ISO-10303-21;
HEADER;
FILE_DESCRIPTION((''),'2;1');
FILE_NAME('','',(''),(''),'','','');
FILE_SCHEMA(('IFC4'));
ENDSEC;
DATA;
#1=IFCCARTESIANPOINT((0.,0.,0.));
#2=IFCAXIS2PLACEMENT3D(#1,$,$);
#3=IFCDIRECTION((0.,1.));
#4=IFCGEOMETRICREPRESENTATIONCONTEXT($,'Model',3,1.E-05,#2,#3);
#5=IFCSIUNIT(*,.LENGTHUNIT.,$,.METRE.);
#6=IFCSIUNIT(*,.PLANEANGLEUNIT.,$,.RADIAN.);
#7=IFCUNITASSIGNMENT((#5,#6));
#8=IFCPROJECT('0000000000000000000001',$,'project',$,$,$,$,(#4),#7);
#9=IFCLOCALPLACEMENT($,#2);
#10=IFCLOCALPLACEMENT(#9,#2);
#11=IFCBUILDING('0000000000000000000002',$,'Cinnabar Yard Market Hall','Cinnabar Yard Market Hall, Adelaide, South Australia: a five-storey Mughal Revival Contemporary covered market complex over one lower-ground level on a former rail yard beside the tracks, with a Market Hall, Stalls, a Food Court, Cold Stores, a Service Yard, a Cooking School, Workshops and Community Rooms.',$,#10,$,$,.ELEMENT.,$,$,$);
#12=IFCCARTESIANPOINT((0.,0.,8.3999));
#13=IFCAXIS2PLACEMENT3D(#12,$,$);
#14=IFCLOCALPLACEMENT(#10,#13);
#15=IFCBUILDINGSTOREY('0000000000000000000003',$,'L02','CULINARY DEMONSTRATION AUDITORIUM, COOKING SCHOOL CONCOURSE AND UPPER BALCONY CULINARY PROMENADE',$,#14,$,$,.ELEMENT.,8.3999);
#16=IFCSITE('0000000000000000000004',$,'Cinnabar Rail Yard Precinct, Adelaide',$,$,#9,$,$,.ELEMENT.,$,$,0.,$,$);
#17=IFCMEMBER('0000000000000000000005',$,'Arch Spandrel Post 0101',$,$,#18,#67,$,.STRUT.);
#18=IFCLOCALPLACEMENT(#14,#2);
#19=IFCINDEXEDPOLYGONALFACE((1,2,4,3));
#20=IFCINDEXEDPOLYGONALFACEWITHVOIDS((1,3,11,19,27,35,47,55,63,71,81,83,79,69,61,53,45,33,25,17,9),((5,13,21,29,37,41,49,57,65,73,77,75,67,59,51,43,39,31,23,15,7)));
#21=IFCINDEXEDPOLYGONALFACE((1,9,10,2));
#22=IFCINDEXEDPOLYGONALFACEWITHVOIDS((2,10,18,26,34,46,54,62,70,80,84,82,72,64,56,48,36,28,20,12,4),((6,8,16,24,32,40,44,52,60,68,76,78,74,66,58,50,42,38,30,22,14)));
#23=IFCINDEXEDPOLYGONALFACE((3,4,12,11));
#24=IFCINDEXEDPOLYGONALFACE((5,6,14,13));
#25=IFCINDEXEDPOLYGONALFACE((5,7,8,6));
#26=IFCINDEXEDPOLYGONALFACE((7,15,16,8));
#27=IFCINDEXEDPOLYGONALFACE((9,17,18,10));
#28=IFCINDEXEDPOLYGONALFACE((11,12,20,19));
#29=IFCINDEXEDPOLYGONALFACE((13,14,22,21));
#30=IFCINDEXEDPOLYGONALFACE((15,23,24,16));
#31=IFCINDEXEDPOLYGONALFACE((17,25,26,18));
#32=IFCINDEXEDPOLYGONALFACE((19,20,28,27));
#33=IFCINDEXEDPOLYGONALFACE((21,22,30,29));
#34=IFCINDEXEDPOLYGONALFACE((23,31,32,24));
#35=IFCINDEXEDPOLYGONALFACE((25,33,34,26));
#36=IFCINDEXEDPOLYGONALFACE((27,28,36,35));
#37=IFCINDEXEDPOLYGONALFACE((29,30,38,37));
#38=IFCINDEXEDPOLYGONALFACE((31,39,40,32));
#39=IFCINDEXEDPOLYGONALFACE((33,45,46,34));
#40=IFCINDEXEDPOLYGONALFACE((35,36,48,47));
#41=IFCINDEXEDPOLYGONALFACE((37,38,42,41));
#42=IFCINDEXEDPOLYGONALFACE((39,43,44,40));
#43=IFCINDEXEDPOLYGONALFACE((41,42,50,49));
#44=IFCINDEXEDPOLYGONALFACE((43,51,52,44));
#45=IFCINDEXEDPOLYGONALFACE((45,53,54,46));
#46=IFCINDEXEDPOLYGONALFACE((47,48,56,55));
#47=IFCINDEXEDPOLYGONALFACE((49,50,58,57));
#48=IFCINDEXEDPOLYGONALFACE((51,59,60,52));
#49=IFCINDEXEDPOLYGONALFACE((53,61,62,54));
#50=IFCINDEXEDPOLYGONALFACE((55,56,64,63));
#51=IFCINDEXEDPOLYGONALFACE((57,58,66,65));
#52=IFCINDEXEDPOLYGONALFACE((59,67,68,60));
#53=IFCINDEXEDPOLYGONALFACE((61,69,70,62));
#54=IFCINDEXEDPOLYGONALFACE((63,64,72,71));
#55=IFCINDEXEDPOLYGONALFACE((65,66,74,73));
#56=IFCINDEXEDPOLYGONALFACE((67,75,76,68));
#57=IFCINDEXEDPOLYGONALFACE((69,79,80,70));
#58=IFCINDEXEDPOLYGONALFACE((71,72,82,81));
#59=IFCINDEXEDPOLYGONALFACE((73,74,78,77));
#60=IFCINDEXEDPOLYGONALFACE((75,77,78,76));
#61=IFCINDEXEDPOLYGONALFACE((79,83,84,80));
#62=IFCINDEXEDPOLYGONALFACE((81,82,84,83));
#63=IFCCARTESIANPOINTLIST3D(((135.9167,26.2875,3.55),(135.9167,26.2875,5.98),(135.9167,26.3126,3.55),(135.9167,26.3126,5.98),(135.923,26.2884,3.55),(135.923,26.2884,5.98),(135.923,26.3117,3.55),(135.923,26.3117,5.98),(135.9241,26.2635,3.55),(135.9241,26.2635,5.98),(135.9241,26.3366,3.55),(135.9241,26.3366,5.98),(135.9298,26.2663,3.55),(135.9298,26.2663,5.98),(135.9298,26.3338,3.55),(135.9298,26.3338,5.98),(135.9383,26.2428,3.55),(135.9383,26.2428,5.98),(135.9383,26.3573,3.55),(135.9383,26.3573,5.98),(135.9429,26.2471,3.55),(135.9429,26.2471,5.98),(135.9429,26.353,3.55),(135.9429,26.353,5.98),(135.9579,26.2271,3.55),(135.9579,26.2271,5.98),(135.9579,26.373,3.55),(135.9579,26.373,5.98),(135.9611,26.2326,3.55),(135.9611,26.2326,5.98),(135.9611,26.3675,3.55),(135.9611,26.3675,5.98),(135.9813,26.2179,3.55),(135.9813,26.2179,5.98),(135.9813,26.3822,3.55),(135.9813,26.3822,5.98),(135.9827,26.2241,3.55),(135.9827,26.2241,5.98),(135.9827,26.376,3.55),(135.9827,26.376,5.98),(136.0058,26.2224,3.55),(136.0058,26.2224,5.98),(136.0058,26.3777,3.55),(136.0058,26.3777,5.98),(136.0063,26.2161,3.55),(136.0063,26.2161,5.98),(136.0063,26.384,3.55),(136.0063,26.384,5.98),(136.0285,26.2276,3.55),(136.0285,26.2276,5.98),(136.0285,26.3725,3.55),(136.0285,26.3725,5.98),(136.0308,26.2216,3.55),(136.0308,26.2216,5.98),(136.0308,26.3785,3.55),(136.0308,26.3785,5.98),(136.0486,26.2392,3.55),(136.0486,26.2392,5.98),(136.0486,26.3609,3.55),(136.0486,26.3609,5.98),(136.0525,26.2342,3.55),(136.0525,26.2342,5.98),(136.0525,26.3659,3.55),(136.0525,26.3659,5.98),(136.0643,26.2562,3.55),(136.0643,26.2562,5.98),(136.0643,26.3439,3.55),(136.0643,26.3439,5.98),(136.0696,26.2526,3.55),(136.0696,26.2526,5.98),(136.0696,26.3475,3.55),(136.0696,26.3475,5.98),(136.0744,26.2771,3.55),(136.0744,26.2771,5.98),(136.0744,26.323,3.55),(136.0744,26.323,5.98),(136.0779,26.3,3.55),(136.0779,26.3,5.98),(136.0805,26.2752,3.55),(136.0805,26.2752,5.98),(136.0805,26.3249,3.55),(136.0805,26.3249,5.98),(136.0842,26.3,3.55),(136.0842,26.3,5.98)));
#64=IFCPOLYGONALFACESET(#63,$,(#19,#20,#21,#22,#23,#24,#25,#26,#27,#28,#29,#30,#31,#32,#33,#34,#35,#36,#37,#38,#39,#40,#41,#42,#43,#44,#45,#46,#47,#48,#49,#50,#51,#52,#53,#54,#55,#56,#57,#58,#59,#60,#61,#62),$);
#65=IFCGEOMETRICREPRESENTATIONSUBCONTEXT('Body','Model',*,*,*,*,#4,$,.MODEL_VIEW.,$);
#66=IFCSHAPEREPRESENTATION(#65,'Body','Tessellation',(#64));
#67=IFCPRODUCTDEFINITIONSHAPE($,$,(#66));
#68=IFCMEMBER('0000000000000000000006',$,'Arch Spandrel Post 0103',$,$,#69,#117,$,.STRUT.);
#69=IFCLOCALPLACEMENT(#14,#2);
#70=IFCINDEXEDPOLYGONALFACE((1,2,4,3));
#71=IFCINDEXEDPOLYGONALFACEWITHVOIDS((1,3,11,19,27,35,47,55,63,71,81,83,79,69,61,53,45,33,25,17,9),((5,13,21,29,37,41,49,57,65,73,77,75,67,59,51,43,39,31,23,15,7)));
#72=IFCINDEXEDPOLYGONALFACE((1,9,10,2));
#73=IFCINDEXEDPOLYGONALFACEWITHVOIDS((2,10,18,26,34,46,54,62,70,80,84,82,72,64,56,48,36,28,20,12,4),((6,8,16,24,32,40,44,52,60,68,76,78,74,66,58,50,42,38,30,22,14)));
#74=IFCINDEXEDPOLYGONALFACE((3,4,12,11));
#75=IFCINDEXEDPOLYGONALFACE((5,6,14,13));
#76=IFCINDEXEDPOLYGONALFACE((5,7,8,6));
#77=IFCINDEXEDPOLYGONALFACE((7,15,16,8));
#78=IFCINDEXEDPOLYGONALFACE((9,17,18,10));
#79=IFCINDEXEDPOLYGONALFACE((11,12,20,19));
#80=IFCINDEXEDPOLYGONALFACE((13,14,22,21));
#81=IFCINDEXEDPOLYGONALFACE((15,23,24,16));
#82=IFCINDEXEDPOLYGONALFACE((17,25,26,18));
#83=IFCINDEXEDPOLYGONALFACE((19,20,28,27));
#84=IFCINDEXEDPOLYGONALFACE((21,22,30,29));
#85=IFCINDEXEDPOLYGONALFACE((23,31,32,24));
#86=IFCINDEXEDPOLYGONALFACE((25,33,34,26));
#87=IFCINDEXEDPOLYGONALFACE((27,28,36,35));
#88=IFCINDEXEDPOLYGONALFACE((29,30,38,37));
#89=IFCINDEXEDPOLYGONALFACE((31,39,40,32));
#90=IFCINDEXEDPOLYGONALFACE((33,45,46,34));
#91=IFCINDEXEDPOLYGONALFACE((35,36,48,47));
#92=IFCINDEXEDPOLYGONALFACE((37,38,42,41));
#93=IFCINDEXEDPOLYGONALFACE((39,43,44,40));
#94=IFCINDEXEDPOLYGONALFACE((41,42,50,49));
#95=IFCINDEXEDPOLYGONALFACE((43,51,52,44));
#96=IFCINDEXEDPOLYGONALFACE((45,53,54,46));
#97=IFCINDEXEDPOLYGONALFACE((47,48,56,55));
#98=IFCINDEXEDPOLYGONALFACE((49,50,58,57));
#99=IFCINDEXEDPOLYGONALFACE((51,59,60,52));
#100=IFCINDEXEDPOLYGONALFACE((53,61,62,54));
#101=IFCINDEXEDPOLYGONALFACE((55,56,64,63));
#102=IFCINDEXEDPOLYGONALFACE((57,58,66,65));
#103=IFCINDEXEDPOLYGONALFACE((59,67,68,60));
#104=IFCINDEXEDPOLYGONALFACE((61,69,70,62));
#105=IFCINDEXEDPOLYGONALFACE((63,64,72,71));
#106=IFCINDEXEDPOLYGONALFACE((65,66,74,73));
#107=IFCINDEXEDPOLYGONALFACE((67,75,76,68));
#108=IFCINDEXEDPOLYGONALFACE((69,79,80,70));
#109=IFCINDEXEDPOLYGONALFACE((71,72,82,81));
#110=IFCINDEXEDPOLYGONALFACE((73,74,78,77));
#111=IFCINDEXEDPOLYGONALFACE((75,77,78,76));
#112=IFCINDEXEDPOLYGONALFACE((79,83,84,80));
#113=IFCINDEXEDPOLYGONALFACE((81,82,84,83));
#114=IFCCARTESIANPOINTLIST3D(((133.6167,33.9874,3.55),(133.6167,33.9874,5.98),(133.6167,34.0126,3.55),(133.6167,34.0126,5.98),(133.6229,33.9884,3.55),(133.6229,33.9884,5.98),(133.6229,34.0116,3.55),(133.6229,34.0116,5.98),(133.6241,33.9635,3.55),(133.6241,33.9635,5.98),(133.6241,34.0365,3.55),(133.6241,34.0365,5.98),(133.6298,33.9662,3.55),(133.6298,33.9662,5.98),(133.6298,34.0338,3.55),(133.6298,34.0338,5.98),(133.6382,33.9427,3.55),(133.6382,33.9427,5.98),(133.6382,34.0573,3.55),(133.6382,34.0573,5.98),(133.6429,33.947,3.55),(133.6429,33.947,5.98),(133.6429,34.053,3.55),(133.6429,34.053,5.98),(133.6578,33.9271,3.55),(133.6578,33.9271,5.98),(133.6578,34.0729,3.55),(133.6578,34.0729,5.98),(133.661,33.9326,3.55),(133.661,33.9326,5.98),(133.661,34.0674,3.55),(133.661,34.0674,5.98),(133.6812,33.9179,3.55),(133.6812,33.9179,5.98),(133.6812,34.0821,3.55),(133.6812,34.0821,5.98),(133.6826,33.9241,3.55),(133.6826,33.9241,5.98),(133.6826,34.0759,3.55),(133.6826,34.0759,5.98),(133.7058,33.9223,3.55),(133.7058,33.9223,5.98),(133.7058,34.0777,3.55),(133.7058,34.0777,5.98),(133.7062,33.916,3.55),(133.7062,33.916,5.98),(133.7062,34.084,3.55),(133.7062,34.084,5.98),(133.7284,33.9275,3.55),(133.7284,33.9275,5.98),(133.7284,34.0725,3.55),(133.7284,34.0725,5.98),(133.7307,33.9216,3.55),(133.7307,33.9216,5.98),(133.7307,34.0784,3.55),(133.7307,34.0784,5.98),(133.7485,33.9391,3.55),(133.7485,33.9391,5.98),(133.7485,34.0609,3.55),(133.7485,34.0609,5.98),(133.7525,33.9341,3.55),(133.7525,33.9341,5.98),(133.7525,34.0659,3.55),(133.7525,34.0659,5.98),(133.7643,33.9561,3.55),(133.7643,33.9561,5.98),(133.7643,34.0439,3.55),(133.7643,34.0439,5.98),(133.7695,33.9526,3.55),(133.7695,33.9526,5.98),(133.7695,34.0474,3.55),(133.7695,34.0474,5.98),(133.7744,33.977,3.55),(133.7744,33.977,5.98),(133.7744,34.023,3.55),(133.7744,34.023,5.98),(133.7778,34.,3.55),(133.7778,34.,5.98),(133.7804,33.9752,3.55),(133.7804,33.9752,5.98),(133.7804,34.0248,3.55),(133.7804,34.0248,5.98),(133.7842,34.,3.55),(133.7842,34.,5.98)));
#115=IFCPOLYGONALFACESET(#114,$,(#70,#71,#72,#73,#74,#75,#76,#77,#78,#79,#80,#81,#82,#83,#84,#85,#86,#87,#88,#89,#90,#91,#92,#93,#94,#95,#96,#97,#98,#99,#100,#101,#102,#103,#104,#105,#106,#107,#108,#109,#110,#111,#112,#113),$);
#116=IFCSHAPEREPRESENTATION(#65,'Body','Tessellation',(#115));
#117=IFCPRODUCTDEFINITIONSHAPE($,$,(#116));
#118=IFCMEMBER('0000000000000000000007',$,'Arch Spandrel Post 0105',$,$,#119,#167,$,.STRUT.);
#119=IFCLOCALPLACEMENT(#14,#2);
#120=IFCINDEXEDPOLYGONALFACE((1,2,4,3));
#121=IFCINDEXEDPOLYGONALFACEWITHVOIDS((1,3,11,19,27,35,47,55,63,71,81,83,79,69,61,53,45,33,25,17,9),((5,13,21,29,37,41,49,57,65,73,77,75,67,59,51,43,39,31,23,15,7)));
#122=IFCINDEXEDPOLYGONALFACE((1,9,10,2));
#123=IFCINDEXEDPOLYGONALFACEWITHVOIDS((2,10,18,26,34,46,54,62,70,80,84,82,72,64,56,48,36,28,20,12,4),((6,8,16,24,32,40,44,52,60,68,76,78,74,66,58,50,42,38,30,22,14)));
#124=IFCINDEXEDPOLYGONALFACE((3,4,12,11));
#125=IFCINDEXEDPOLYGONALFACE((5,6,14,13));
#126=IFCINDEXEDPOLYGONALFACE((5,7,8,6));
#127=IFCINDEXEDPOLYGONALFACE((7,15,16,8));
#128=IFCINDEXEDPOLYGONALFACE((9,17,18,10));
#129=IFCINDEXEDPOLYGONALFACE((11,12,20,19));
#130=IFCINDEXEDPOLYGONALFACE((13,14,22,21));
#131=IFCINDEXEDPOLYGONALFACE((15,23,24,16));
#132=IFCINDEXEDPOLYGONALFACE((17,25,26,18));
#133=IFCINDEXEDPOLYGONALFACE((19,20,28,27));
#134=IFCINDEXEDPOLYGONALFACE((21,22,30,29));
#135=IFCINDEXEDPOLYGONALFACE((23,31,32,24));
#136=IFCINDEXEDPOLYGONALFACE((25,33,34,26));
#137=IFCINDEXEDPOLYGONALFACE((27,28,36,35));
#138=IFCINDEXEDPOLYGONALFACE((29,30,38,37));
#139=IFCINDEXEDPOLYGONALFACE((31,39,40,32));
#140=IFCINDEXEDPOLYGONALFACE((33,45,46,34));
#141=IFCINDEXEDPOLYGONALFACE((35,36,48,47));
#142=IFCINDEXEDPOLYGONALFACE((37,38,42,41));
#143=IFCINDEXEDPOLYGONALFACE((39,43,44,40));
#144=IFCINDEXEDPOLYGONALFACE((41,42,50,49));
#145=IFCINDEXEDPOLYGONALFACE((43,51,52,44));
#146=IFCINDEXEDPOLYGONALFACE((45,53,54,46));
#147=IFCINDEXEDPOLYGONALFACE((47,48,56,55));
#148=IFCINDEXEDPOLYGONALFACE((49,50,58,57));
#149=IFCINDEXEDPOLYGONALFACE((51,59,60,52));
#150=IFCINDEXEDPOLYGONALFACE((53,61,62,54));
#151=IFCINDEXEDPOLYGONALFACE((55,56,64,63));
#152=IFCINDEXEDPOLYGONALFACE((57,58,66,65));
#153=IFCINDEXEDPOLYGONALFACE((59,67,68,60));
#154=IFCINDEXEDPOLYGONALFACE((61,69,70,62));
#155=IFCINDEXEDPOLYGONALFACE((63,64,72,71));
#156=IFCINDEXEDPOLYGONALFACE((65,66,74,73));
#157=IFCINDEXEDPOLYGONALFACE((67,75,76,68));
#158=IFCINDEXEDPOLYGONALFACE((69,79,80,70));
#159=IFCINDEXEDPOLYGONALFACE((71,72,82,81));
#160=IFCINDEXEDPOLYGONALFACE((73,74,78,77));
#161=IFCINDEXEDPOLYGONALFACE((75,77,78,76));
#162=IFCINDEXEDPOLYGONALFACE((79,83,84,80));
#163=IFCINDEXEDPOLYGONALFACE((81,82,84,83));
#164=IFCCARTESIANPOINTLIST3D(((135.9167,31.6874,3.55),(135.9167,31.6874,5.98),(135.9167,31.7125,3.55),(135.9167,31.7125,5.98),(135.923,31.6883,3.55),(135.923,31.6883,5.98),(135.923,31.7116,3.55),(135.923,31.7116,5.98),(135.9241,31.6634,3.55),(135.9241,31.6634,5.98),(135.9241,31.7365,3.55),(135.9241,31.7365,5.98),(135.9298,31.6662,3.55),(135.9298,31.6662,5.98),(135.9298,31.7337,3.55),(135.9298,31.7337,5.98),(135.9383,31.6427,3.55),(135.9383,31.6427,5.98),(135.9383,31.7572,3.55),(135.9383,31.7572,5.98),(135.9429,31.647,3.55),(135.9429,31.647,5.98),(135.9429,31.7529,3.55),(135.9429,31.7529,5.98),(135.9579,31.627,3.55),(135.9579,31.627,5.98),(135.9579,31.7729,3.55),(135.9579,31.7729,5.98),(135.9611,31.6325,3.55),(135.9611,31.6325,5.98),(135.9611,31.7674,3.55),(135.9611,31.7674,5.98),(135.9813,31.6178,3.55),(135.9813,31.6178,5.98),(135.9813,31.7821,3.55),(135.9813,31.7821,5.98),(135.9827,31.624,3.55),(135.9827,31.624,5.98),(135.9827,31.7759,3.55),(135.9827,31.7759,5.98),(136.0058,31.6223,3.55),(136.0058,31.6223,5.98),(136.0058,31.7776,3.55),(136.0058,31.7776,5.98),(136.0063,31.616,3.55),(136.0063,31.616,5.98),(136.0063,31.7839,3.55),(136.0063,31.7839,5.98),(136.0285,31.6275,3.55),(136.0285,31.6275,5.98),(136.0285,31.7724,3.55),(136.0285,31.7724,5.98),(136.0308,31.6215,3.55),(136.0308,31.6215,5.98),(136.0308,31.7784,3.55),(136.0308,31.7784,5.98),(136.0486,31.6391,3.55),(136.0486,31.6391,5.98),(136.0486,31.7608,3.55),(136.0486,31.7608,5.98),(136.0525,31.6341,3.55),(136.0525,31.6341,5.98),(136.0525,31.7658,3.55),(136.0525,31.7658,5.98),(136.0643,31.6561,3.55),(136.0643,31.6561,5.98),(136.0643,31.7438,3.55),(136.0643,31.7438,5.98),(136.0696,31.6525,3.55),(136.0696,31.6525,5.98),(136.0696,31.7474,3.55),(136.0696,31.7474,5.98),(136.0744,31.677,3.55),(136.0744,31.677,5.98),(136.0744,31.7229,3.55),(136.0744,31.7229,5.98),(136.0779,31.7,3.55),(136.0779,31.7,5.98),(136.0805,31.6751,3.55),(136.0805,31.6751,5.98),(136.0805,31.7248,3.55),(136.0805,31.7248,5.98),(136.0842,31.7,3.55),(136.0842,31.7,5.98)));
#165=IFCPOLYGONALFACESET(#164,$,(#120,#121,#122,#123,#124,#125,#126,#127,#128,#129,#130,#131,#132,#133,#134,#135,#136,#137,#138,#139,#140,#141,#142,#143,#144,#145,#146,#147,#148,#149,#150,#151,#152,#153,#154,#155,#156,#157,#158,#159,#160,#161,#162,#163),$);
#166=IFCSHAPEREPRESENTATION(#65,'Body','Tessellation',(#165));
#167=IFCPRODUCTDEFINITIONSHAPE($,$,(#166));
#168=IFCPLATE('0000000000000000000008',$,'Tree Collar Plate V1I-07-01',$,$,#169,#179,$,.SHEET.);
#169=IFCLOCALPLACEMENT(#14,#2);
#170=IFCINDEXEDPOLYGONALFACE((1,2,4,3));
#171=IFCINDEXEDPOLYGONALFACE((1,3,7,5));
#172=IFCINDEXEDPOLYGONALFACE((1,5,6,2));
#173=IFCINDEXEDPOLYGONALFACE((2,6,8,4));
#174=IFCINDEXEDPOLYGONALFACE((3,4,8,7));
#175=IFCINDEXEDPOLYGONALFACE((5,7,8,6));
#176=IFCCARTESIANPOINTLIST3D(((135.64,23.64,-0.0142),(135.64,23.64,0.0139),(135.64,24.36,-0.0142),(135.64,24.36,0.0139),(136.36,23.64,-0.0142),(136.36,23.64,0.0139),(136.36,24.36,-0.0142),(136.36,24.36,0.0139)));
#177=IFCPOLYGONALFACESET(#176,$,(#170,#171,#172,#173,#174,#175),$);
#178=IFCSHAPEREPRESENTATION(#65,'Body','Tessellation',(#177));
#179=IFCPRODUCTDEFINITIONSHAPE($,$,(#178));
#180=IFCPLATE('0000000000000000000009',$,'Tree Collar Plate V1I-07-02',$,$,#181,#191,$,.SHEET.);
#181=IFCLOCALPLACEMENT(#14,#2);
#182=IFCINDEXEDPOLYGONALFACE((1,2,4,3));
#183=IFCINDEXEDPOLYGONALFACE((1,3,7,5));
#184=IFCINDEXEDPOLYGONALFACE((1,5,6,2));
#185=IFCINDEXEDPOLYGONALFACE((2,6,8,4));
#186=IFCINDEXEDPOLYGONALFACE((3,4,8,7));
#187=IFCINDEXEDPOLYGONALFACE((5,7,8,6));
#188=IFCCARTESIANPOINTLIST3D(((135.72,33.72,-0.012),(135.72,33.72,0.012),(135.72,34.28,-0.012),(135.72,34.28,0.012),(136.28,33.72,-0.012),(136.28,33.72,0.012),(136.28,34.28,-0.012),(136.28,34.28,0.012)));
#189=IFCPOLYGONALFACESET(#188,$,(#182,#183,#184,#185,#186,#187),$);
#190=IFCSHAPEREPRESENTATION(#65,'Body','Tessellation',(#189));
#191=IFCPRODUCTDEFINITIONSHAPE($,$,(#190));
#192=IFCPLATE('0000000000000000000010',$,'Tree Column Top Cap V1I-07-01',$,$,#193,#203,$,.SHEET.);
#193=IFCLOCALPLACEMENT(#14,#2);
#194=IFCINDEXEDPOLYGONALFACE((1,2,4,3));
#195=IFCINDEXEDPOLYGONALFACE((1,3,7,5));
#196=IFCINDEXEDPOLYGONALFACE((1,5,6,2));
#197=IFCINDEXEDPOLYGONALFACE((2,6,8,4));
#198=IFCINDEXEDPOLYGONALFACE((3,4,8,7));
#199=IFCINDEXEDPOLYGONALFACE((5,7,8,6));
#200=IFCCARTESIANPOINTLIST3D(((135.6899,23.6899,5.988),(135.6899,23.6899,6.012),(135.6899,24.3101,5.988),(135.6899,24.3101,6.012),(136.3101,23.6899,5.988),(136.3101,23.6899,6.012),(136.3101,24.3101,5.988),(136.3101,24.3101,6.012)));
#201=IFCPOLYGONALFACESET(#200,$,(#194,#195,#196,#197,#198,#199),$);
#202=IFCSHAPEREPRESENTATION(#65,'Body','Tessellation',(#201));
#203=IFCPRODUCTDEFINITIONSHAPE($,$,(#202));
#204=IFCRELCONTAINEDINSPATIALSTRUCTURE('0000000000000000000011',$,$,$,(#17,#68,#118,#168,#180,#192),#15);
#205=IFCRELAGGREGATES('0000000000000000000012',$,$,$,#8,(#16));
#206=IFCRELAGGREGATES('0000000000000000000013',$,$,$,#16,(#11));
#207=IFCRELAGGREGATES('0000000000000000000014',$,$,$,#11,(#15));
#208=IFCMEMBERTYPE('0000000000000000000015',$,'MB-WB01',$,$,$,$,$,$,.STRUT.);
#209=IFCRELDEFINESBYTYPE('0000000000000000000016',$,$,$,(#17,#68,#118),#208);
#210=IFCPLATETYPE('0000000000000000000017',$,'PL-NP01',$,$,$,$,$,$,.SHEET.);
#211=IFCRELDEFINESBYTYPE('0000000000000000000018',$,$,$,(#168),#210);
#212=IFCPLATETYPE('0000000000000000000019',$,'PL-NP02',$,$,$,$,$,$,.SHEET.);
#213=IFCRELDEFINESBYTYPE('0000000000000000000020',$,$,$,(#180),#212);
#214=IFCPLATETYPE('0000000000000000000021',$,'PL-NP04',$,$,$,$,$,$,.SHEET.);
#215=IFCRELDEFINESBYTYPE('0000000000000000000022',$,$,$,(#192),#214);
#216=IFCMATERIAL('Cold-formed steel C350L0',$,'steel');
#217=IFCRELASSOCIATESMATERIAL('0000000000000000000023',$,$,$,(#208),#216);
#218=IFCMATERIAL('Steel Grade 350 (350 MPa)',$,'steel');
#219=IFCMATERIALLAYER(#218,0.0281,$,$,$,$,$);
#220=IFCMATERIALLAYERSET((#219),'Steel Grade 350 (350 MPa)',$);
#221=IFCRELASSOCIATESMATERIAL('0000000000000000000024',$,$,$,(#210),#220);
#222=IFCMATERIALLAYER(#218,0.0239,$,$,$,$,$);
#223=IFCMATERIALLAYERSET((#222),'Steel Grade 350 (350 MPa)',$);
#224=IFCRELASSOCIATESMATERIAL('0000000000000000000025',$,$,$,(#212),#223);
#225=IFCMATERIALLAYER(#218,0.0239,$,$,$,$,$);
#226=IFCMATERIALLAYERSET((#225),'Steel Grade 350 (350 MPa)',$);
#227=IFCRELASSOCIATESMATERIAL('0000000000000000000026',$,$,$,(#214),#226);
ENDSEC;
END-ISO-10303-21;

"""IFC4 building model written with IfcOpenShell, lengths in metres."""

from ifc_helpers import new_model, si_unit, direction, frame, origin, origin_2d_with_axis, place, context, subcontext, project, spatial, rectangle, hollow_circle, extrude, material, layer, layer_set, material_profile, profile_set, type_object, element, save


model = new_model("IFC4")

# Units and contexts
model_context = context("Model", 3, precision=1e-05, world=origin(), true_north=direction((0.0, 1.0)))
body_context = subcontext(model_context, "Body", "Model", "MODEL_VIEW")
ifc_project = project(units=[si_unit("LENGTHUNIT", "METRE"), si_unit("PLANEANGLEUNIT", "RADIAN")], contexts=[model_context])

# Site, building, storey
site_placement = place(None, origin())
site = spatial("IfcSite", under=ifc_project, at=site_placement, Name="Cinnabar Rail Yard Precinct, Adelaide", CompositionType="ELEMENT", RefElevation=0.0)
building_placement = place(site_placement, origin())
building = spatial("IfcBuilding", under=site, at=building_placement, Name="Cinnabar Yard Market Hall", Description="Cinnabar Yard Market Hall, Adelaide, South Australia: a five-storey Mughal Revival Contemporary covered market complex over one lower-ground level on a former rail yard beside the tracks, with a Market Hall, Stalls, a Food Court, Cold Stores, a Service Yard, a Cooking School, Workshops and Community Rooms.", CompositionType="ELEMENT")
storey_placement = place(building_placement, frame((0.0, 0.0, 8.3999)))
storey = spatial("IfcBuildingStorey", under=building, at=storey_placement, Name="L02", Description="CULINARY DEMONSTRATION AUDITORIUM, COOKING SCHOOL CONCOURSE AND UPPER BALCONY CULINARY PROMENADE", CompositionType="ELEMENT", Elevation=8.3999)

# Members
ifc_material_1 = material(Name="Cold-formed steel C350L0", Category="steel")
ifc_material_profile_1 = material_profile(ifc_material_1, hollow_circle(Radius=0.0842, WallThickness=0.0063, at=origin_2d_with_axis()), Name="168.3x6.4CHS")
ifc_profile_set_1 = profile_set([ifc_material_profile_1], Name="Cold-formed steel C350L0")
member_type_1 = type_object("IfcMemberType", Name="MB-WB01", PredefinedType="STRUT", material=ifc_profile_set_1)
for number, where, z_axis, x_axis, name in (
    (1, (136.0, 26.3, 3.55), (0.0, 0.0, 1.0), (1.0, 0.0, 0.0), "Arch Spandrel Post 0101"),
    (2, (133.7, 34.0, 3.55), (0.0, 0.0, 1.0), (1.0, 0.0, 0.0), "Arch Spandrel Post 0103"),
    (3, (136.0, 31.7, 3.55), (0.0, 0.0, 1.0), (1.0, 0.0, 0.0), "Arch Spandrel Post 0105"),
):
    element("IfcMember", number, at=place(storey_placement, frame(where, z_axis=z_axis, x_axis=x_axis)), inside=storey, type_object=member_type_1, Name=name, PredefinedType="STRUT", context=body_context, shape_type="SweptSolid", body=[
        extrude(hollow_circle(Radius=0.0842, WallThickness=0.0063, at=origin_2d_with_axis()), origin(), (0.0, 0.0, 1.0), 2.4299),
    ])

# Plates
ifc_material_2 = material(Name="Steel Grade 350 (350 MPa)", Category="steel")
ifc_layer_1 = layer(ifc_material_2, 0.0281)
ifc_layer_set_1 = layer_set([ifc_layer_1], Name="Steel Grade 350 (350 MPa)")
plate_type_1 = type_object("IfcPlateType", Name="PL-NP01", PredefinedType="SHEET", material=ifc_layer_set_1)
plate_1_placement = place(storey_placement, frame((136.0, 24.0, -0.0142), z_axis=(0.0, 0.0, 1.0), x_axis=(1.0, 0.0, 0.0)))
element("IfcPlate", 4, at=plate_1_placement, inside=storey, type_object=plate_type_1, Name="Tree Collar Plate V1I-07-01", PredefinedType="SHEET", context=body_context, shape_type="SweptSolid", body=[
    extrude(rectangle(XDim=0.72, YDim=0.72, at=origin_2d_with_axis()), origin(), (0.0, 0.0, 1.0), 0.0281),
])
ifc_layer_2 = layer(ifc_material_2, 0.0239)
ifc_layer_set_2 = layer_set([ifc_layer_2], Name="Steel Grade 350 (350 MPa)")
plate_type_2 = type_object("IfcPlateType", Name="PL-NP02", PredefinedType="SHEET", material=ifc_layer_set_2)
plate_2_placement = place(storey_placement, frame((136.0, 34.0, -0.012), z_axis=(0.0, 0.0, 1.0), x_axis=(1.0, 0.0, 0.0)))
element("IfcPlate", 5, at=plate_2_placement, inside=storey, type_object=plate_type_2, Name="Tree Collar Plate V1I-07-02", PredefinedType="SHEET", context=body_context, shape_type="SweptSolid", body=[
    extrude(rectangle(XDim=0.5601, YDim=0.5601, at=origin_2d_with_axis()), origin(), (0.0, 0.0, 1.0), 0.0239),
])
ifc_layer_3 = layer(ifc_material_2, 0.0239)
ifc_layer_set_3 = layer_set([ifc_layer_3], Name="Steel Grade 350 (350 MPa)")
plate_type_3 = type_object("IfcPlateType", Name="PL-NP04", PredefinedType="SHEET", material=ifc_layer_set_3)
plate_3_placement = place(storey_placement, frame((136.0, 24.0, 5.988), z_axis=(0.0, 0.0, 1.0), x_axis=(1.0, 0.0, 0.0)))
element("IfcPlate", 6, at=plate_3_placement, inside=storey, type_object=plate_type_3, Name="Tree Column Top Cap V1I-07-01", PredefinedType="SHEET", context=body_context, shape_type="SweptSolid", body=[
    extrude(rectangle(XDim=0.6201, YDim=0.6201, at=origin_2d_with_axis()), origin(), (0.0, 0.0, 1.0), 0.0239),
])

save(model, "model.ifc")
